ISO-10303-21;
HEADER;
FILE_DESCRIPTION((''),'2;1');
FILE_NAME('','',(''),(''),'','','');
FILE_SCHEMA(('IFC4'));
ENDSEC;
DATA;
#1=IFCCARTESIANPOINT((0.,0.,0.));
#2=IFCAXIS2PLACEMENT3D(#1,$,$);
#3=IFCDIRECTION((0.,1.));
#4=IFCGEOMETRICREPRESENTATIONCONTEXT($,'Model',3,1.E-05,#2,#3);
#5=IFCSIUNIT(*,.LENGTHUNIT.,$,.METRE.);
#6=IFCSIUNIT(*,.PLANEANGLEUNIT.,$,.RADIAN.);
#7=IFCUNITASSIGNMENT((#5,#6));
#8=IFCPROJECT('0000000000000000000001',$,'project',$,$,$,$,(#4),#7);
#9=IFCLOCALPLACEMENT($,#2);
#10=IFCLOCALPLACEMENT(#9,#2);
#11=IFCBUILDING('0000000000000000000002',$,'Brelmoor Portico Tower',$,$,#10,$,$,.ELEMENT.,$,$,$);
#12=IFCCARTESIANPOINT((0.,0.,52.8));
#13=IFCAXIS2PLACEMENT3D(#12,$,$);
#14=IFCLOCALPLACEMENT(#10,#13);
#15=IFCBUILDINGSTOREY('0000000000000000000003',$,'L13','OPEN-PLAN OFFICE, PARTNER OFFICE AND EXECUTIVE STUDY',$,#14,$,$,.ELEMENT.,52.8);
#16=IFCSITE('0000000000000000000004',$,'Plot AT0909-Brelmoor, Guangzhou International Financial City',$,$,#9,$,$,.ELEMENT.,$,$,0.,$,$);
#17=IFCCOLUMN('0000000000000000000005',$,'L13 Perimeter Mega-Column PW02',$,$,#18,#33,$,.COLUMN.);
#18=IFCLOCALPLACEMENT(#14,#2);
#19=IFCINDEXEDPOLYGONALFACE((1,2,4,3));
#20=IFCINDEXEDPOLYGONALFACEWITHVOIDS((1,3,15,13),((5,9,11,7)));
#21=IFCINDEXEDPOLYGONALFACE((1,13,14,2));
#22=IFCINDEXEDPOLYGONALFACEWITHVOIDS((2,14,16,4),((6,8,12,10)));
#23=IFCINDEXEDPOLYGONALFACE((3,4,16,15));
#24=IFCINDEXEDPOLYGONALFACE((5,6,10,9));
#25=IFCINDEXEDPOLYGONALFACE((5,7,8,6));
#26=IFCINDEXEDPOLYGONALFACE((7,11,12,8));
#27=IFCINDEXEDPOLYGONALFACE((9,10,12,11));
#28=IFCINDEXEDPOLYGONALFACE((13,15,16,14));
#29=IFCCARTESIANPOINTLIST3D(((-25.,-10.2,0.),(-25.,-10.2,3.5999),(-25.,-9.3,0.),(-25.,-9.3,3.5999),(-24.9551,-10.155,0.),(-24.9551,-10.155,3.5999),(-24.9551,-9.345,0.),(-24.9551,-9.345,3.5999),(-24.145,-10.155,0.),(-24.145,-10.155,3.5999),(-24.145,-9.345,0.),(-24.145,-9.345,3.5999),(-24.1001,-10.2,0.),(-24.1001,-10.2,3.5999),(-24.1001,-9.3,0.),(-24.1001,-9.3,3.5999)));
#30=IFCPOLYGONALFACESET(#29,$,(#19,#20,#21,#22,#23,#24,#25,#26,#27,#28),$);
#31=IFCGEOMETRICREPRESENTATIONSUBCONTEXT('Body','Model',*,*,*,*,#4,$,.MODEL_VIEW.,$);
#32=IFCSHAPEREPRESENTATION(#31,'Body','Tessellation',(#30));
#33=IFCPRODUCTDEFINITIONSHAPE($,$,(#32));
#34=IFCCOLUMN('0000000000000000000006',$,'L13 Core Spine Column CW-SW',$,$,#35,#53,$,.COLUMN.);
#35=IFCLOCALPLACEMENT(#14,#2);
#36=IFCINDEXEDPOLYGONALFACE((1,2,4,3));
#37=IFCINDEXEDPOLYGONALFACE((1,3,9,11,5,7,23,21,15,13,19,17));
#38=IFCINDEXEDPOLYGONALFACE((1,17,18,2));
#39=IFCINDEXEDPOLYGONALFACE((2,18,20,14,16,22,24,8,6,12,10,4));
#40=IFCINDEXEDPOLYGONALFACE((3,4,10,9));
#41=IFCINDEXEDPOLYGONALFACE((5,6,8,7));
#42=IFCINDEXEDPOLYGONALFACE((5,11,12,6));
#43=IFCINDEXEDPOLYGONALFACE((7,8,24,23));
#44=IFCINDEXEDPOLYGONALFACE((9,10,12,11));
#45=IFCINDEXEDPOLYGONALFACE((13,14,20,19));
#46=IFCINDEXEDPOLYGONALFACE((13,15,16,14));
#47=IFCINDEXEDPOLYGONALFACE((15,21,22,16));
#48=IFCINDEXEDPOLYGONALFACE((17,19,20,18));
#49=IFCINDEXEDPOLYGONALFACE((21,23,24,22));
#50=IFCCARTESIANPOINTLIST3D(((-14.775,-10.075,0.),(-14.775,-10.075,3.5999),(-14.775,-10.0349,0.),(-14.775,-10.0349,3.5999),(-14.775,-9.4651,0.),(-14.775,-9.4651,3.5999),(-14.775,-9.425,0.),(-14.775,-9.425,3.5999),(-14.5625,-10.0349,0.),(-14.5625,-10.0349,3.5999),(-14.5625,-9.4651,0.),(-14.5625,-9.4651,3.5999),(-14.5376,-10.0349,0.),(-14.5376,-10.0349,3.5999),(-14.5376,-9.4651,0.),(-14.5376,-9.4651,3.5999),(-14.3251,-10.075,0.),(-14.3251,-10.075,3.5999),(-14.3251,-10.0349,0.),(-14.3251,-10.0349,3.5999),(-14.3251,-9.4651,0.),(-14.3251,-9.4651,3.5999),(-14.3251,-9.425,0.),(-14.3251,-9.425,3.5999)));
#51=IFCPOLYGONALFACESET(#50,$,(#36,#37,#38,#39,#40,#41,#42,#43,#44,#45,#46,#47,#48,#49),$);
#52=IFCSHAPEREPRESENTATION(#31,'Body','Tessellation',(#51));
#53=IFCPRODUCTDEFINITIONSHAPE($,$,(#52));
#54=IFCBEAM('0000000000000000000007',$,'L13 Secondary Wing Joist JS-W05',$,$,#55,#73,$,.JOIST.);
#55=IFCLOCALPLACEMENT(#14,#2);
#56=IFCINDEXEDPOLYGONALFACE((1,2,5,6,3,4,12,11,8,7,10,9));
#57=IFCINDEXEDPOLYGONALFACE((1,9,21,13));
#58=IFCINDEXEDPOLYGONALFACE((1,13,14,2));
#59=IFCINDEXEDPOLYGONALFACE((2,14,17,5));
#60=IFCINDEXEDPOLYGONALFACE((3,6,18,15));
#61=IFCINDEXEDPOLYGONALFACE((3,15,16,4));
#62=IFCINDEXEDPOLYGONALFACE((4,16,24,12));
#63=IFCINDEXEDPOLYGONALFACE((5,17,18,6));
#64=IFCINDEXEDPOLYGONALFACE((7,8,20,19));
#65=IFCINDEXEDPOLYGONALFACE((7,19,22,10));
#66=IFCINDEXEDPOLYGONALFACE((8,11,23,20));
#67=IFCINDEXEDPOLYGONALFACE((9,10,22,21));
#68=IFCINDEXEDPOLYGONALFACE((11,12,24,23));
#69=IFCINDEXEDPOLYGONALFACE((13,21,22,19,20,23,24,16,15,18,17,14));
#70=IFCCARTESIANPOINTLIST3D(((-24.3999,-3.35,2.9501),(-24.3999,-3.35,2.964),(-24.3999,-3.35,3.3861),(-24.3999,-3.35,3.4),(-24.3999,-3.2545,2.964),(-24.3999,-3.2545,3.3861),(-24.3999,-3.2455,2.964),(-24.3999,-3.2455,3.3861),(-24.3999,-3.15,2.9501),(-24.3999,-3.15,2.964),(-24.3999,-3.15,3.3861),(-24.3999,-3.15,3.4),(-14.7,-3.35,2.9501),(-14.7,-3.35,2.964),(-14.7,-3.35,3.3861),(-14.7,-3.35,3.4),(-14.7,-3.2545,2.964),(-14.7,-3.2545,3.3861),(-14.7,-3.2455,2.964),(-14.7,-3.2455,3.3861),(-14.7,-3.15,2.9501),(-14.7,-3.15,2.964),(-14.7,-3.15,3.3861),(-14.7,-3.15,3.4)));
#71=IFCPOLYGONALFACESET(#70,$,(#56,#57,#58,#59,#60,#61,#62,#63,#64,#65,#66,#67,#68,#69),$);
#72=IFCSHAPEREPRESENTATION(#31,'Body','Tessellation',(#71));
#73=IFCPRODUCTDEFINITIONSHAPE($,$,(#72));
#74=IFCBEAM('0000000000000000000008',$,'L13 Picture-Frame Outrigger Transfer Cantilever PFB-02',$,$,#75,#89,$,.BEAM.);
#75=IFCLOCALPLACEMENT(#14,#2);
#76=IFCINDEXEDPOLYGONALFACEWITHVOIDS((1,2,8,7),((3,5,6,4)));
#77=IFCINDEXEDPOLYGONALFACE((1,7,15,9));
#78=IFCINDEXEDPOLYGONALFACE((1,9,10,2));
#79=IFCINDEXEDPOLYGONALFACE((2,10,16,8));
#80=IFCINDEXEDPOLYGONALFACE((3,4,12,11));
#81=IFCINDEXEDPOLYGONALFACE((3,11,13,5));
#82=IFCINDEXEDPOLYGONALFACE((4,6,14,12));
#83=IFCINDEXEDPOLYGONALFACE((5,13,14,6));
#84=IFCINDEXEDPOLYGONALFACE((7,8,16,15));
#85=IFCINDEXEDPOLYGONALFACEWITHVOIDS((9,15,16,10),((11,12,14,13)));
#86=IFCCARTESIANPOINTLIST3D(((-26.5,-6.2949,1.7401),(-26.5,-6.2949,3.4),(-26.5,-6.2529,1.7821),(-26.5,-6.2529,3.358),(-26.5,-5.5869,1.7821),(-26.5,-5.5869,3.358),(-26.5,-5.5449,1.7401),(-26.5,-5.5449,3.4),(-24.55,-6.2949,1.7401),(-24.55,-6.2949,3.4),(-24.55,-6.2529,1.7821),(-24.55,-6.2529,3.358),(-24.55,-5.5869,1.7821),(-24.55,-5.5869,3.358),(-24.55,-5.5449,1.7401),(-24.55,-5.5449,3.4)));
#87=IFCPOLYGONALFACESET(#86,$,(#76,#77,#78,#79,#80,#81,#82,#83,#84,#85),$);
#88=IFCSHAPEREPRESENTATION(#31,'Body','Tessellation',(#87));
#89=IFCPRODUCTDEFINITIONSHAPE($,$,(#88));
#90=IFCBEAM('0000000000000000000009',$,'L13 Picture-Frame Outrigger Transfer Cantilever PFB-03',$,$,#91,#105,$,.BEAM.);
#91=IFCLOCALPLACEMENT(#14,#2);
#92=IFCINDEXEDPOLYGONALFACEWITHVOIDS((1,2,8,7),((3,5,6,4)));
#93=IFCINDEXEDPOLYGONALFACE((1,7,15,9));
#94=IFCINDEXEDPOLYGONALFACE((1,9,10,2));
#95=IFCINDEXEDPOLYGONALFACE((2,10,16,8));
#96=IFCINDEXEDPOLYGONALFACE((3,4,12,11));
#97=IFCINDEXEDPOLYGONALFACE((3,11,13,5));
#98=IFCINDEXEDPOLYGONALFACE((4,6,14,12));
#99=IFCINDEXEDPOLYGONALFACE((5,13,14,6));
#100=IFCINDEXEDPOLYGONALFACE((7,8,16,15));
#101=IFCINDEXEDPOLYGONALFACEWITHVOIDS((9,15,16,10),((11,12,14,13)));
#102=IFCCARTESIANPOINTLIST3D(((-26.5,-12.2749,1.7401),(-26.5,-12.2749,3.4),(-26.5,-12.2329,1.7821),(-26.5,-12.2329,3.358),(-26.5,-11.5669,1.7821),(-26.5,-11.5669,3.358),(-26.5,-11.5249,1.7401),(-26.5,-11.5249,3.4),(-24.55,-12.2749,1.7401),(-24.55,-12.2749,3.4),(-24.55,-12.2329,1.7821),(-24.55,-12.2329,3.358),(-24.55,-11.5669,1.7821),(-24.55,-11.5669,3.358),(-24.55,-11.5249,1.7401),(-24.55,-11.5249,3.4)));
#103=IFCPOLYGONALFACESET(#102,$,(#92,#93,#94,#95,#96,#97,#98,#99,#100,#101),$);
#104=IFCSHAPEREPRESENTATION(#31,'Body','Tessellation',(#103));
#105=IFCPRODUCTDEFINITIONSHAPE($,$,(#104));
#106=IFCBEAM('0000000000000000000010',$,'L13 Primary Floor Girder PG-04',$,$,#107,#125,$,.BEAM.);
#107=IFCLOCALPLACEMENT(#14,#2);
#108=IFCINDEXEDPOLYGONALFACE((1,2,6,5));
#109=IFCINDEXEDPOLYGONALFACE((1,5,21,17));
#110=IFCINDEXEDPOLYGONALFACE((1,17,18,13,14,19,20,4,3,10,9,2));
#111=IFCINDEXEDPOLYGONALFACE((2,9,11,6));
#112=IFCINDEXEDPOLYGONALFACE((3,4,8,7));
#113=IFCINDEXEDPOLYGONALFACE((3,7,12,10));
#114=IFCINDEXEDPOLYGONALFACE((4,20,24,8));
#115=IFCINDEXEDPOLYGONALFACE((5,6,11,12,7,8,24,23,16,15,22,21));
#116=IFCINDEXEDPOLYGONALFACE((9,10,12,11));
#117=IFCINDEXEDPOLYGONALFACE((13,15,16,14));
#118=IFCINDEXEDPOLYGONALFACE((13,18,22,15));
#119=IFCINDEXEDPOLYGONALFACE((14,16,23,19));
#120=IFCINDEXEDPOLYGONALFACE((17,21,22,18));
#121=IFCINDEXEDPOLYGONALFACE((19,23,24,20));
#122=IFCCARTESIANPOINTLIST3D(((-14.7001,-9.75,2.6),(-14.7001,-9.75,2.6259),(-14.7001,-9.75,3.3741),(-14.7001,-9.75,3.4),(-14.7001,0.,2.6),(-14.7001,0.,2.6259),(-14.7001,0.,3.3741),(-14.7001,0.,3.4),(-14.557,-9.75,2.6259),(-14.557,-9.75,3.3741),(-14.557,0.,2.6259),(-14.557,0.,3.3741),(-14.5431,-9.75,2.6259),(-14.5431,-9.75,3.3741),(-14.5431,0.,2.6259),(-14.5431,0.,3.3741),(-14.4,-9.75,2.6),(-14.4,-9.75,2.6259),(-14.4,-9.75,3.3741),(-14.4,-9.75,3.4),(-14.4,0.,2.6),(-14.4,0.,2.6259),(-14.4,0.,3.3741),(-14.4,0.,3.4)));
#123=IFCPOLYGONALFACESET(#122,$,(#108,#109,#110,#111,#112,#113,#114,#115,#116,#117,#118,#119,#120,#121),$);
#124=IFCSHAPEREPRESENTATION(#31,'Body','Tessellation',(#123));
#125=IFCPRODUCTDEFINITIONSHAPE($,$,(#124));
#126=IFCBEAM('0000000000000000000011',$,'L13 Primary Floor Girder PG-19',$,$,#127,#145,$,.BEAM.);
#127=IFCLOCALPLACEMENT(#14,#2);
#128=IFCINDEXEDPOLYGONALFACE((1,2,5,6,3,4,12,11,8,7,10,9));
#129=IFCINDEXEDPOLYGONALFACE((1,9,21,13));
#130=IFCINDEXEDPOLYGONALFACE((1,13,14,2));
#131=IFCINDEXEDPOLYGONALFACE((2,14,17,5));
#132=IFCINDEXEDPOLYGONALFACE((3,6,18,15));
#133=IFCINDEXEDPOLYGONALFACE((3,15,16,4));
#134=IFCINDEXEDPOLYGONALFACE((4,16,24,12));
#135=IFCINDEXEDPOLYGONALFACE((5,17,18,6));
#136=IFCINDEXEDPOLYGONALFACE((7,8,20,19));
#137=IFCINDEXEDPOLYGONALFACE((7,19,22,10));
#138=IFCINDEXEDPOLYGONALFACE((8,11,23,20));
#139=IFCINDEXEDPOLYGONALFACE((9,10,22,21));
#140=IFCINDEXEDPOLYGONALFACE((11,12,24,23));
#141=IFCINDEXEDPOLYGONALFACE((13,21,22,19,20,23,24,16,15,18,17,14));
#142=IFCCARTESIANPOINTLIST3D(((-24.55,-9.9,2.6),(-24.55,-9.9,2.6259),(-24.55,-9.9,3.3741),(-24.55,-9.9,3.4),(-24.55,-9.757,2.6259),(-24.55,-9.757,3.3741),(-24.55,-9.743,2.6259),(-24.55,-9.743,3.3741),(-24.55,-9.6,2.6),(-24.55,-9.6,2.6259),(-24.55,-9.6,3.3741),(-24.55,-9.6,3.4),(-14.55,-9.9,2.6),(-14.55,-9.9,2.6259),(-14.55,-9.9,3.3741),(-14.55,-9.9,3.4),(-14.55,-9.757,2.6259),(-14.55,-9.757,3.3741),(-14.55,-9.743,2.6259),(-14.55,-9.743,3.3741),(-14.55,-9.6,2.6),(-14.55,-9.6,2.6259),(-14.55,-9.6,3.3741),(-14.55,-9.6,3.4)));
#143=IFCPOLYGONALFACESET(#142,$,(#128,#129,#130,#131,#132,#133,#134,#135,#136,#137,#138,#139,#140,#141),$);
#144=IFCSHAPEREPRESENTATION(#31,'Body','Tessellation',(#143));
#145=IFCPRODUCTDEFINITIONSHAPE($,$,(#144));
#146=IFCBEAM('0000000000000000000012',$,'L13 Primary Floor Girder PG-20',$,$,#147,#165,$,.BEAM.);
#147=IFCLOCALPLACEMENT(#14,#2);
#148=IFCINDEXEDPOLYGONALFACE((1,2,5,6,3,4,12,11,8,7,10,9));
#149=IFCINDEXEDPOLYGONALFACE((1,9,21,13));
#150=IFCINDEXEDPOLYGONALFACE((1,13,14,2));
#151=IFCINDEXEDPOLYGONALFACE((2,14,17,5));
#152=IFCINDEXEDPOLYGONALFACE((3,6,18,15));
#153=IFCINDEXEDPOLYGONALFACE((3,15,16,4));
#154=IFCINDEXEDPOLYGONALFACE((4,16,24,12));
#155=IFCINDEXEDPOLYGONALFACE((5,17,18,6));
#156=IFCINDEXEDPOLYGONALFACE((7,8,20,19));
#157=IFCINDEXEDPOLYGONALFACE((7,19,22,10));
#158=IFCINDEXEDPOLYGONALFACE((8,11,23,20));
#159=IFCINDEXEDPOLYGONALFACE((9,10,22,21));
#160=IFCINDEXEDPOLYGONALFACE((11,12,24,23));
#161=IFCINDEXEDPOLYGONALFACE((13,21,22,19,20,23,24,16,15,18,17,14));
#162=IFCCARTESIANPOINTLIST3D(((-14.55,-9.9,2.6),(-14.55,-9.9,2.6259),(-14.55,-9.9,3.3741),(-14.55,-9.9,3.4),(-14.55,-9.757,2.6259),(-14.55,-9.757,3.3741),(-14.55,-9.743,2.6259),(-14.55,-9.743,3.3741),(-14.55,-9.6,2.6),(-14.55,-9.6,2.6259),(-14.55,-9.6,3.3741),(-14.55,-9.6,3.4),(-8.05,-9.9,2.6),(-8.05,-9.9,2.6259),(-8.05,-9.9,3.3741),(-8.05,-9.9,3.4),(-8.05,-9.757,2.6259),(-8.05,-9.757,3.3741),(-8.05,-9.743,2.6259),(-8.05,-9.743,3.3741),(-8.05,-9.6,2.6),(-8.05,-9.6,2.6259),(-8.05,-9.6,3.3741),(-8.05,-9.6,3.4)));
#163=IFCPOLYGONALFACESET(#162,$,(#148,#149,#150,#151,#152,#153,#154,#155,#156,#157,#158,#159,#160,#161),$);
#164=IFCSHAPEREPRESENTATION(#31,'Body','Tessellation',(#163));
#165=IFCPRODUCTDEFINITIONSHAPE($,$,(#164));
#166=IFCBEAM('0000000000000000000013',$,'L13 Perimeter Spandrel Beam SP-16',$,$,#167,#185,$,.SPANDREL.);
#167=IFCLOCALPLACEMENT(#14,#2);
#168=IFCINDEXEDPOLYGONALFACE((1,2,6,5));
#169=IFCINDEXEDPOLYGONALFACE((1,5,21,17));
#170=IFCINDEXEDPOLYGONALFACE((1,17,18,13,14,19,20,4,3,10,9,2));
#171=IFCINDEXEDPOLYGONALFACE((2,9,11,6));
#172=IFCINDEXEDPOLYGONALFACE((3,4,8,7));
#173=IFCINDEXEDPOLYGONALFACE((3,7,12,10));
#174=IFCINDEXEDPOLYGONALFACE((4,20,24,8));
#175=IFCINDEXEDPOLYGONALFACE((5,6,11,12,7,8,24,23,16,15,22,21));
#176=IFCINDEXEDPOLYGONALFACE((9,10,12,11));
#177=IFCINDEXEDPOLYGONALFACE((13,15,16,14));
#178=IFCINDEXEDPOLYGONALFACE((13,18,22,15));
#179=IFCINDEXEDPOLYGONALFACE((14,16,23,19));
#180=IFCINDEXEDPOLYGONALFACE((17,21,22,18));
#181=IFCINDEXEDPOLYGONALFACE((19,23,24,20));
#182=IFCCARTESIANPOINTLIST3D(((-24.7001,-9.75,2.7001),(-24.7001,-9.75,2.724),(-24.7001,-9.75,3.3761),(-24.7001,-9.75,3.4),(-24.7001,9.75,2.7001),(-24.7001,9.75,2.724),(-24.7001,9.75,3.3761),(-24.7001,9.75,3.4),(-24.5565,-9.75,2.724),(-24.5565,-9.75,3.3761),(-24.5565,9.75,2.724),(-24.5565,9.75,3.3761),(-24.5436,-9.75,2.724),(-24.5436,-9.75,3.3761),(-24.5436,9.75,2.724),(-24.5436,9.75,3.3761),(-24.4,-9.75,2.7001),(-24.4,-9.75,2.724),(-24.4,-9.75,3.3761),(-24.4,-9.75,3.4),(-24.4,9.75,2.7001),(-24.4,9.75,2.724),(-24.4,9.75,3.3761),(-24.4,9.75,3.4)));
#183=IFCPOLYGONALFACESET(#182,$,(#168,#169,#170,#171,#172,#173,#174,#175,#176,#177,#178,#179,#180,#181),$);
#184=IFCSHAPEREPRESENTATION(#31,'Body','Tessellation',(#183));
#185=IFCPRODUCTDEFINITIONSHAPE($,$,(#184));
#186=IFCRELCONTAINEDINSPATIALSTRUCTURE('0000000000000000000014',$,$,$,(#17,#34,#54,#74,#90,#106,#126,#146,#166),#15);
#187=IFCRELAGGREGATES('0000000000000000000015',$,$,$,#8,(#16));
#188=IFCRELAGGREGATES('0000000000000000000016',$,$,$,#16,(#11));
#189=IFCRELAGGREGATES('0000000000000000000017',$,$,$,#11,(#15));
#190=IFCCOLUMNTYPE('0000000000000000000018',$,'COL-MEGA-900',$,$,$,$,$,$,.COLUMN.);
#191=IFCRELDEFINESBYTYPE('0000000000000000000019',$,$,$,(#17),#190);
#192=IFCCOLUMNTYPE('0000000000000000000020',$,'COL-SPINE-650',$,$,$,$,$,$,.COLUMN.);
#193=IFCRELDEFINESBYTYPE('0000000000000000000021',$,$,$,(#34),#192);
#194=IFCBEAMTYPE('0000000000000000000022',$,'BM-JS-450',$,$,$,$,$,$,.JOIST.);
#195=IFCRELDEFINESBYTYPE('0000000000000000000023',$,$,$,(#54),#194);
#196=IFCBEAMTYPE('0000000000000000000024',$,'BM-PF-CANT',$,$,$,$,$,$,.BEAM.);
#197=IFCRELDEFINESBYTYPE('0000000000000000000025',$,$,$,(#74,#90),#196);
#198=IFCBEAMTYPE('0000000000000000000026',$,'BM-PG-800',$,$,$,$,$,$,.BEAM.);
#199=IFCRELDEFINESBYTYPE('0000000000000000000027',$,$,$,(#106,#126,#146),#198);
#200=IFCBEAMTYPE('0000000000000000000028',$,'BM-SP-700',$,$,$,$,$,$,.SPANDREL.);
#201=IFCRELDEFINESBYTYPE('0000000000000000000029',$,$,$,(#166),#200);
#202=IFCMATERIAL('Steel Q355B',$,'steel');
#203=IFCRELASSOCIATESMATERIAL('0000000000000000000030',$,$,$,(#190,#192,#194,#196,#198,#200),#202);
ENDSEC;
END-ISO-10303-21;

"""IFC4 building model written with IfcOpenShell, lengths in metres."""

from ifc_helpers import new_model, si_unit, direction, frame, origin, origin_2d, place, context, subcontext, project, spatial, hollow_rectangle, i_section, extrude, material, material_profile, profile_set, type_object, element, save


model = new_model("IFC4")

# Units and contexts
model_context = context("Model", 3, precision=1e-05, world=origin(), true_north=direction((0.0, 1.0)))
body_context = subcontext(model_context, "Body", "Model", "MODEL_VIEW")
ifc_project = project(units=[si_unit("LENGTHUNIT", "METRE"), si_unit("PLANEANGLEUNIT", "RADIAN")], contexts=[model_context])

# Site, building, storey
site_placement = place(None, origin())
site = spatial("IfcSite", under=ifc_project, at=site_placement, Name="Plot AT0909-Brelmoor, Guangzhou International Financial City", CompositionType="ELEMENT", RefElevation=0.0)
building_placement = place(site_placement, origin())
building = spatial("IfcBuilding", under=site, at=building_placement, Name="Brelmoor Portico Tower", CompositionType="ELEMENT")
storey_placement = place(building_placement, frame((0.0, 0.0, 52.8)))
storey = spatial("IfcBuildingStorey", under=building, at=storey_placement, Name="L13", Description="OPEN-PLAN OFFICE, PARTNER OFFICE AND EXECUTIVE STUDY", CompositionType="ELEMENT", Elevation=52.8)

# Columns
ifc_material_1 = material(Name="Steel Q355B", Category="steel")
ifc_material_profile_1 = material_profile(ifc_material_1, hollow_rectangle(XDim=0.8999, YDim=0.8999, WallThickness=0.0449, at=origin_2d()), Name="BOX 900x900x45")
ifc_profile_set_1 = profile_set([ifc_material_profile_1], Name="Steel Q355B")
column_type_1 = type_object("IfcColumnType", Name="COL-MEGA-900", PredefinedType="COLUMN", material=ifc_profile_set_1)
column_1_placement = place(storey_placement, frame((-24.55, -9.75, 0.0), z_axis=(0.0, 0.0, 1.0), x_axis=(0.0, 1.0, 0.0)))
element("IfcColumn", 1, at=column_1_placement, inside=storey, type_object=column_type_1, Name="L13 Perimeter Mega-Column PW02", PredefinedType="COLUMN", context=body_context, shape_type="SweptSolid", body=[
    extrude(hollow_rectangle(XDim=0.8999, YDim=0.8999, WallThickness=0.0449, at=origin_2d()), origin(), (0.0, 0.0, 1.0), 3.5999),
])
ifc_material_profile_2 = material_profile(ifc_material_1, i_section(OverallWidth=0.45, OverallDepth=0.6499, WebThickness=0.0249, FlangeThickness=0.04, at=origin_2d()), Name="HW 650x450x25x40")
ifc_profile_set_2 = profile_set([ifc_material_profile_2], Name="Steel Q355B")
column_type_2 = type_object("IfcColumnType", Name="COL-SPINE-650", PredefinedType="COLUMN", material=ifc_profile_set_2)
column_2_placement = place(storey_placement, frame((-14.55, -9.75, 0.0), z_axis=(0.0, 0.0, 1.0), x_axis=(1.0, 0.0, 0.0)))
element("IfcColumn", 2, at=column_2_placement, inside=storey, type_object=column_type_2, Name="L13 Core Spine Column CW-SW", PredefinedType="COLUMN", context=body_context, shape_type="SweptSolid", body=[
    extrude(i_section(OverallWidth=0.45, OverallDepth=0.6499, WebThickness=0.0249, FlangeThickness=0.04, at=origin_2d()), origin(), (0.0, 0.0, 1.0), 3.5999),
])

# Beams
ifc_material_profile_3 = material_profile(ifc_material_1, i_section(OverallWidth=0.2, OverallDepth=0.45, WebThickness=0.009, FlangeThickness=0.0139, at=origin_2d()), Name="HN 450x200x9x14")
ifc_profile_set_3 = profile_set([ifc_material_profile_3], Name="Steel Q355B")
beam_type_1 = type_object("IfcBeamType", Name="BM-JS-450", PredefinedType="JOIST", material=ifc_profile_set_3)
beam_1_placement = place(storey_placement, frame((-24.3999, -3.25, 3.175), z_axis=(1.0, 0.0, 0.0), x_axis=(0.0, 1.0, 0.0)))
element("IfcBeam", 3, at=beam_1_placement, inside=storey, type_object=beam_type_1, Name="L13 Secondary Wing Joist JS-W05", PredefinedType="JOIST", context=body_context, shape_type="SweptSolid", body=[
    extrude(i_section(OverallWidth=0.2, OverallDepth=0.45, WebThickness=0.009, FlangeThickness=0.0139, at=origin_2d()), origin(), (0.0, 0.0, 1.0), 9.7),
])
ifc_material_profile_4 = material_profile(ifc_material_1, hollow_rectangle(XDim=0.75, YDim=1.6599, WallThickness=0.042, at=origin_2d()), Name="BOX 750x1660x42")
ifc_profile_set_4 = profile_set([ifc_material_profile_4], Name="Steel Q355B")
beam_type_2 = type_object("IfcBeamType", Name="BM-PF-CANT", PredefinedType="BEAM", material=ifc_profile_set_4)
for number, where, z_axis, x_axis, name in (
    (4, (-26.5, -5.9199, 2.5701), (1.0, 0.0, 0.0), (0.0, 1.0, 0.0), "L13 Picture-Frame Outrigger Transfer Cantilever PFB-02"),
    (5, (-26.5, -11.8999, 2.5701), (1.0, 0.0, 0.0), (0.0, 1.0, 0.0), "L13 Picture-Frame Outrigger Transfer Cantilever PFB-03"),
):
    element("IfcBeam", number, at=place(storey_placement, frame(where, z_axis=z_axis, x_axis=x_axis)), inside=storey, type_object=beam_type_2, Name=name, PredefinedType="BEAM", context=body_context, shape_type="SweptSolid", body=[
        extrude(hollow_rectangle(XDim=0.75, YDim=1.6599, WallThickness=0.042, at=origin_2d()), origin(), (0.0, 0.0, 1.0), 1.95),
    ])
ifc_material_profile_5 = material_profile(ifc_material_1, i_section(OverallWidth=0.3, OverallDepth=0.8, WebThickness=0.0139, FlangeThickness=0.0259, at=origin_2d()), Name="HN 800x300x14x26")
ifc_profile_set_5 = profile_set([ifc_material_profile_5], Name="Steel Q355B")
beam_type_3 = type_object("IfcBeamType", Name="BM-PG-800", PredefinedType="BEAM", material=ifc_profile_set_5)
beam_2_placement = place(storey_placement, frame((-14.55, -9.75, 3.0), z_axis=(0.0, 1.0, 0.0), x_axis=(-1.0, 0.0, 0.0)))
element("IfcBeam", 6, at=beam_2_placement, inside=storey, type_object=beam_type_3, Name="L13 Primary Floor Girder PG-04", PredefinedType="BEAM", context=body_context, shape_type="SweptSolid", body=[
    extrude(i_section(OverallWidth=0.3, OverallDepth=0.8, WebThickness=0.0139, FlangeThickness=0.0259, at=origin_2d()), origin(), (0.0, 0.0, 1.0), 9.75),
])
beam_3_placement = place(storey_placement, frame((-24.55, -9.75, 3.0), z_axis=(1.0, 0.0, 0.0), x_axis=(0.0, 1.0, 0.0)))
element("IfcBeam", 7, at=beam_3_placement, inside=storey, type_object=beam_type_3, Name="L13 Primary Floor Girder PG-19", PredefinedType="BEAM", context=body_context, shape_type="SweptSolid", body=[
    extrude(i_section(OverallWidth=0.3, OverallDepth=0.8, WebThickness=0.0139, FlangeThickness=0.0259, at=origin_2d()), origin(), (0.0, 0.0, 1.0), 10.0),
])
beam_4_placement = place(storey_placement, frame((-14.55, -9.75, 3.0), z_axis=(1.0, 0.0, 0.0), x_axis=(0.0, 1.0, 0.0)))
element("IfcBeam", 8, at=beam_4_placement, inside=storey, type_object=beam_type_3, Name="L13 Primary Floor Girder PG-20", PredefinedType="BEAM", context=body_context, shape_type="SweptSolid", body=[
    extrude(i_section(OverallWidth=0.3, OverallDepth=0.8, WebThickness=0.0139, FlangeThickness=0.0259, at=origin_2d()), origin(), (0.0, 0.0, 1.0), 6.5),
])
ifc_material_profile_6 = material_profile(ifc_material_1, i_section(OverallWidth=0.3, OverallDepth=0.7, WebThickness=0.0129, FlangeThickness=0.0239, at=origin_2d()), Name="HN 700x300x13x24")
ifc_profile_set_6 = profile_set([ifc_material_profile_6], Name="Steel Q355B")
beam_type_4 = type_object("IfcBeamType", Name="BM-SP-700", PredefinedType="SPANDREL", material=ifc_profile_set_6)
beam_5_placement = place(storey_placement, frame((-24.55, -9.75, 3.05), z_axis=(0.0, 1.0, 0.0), x_axis=(-1.0, 0.0, 0.0)))
element("IfcBeam", 9, at=beam_5_placement, inside=storey, type_object=beam_type_4, Name="L13 Perimeter Spandrel Beam SP-16", PredefinedType="SPANDREL", context=body_context, shape_type="SweptSolid", body=[
    extrude(i_section(OverallWidth=0.3, OverallDepth=0.7, WebThickness=0.0129, FlangeThickness=0.0239, at=origin_2d()), origin(), (0.0, 0.0, 1.0), 19.5),
])

save(model, "model.ifc")
